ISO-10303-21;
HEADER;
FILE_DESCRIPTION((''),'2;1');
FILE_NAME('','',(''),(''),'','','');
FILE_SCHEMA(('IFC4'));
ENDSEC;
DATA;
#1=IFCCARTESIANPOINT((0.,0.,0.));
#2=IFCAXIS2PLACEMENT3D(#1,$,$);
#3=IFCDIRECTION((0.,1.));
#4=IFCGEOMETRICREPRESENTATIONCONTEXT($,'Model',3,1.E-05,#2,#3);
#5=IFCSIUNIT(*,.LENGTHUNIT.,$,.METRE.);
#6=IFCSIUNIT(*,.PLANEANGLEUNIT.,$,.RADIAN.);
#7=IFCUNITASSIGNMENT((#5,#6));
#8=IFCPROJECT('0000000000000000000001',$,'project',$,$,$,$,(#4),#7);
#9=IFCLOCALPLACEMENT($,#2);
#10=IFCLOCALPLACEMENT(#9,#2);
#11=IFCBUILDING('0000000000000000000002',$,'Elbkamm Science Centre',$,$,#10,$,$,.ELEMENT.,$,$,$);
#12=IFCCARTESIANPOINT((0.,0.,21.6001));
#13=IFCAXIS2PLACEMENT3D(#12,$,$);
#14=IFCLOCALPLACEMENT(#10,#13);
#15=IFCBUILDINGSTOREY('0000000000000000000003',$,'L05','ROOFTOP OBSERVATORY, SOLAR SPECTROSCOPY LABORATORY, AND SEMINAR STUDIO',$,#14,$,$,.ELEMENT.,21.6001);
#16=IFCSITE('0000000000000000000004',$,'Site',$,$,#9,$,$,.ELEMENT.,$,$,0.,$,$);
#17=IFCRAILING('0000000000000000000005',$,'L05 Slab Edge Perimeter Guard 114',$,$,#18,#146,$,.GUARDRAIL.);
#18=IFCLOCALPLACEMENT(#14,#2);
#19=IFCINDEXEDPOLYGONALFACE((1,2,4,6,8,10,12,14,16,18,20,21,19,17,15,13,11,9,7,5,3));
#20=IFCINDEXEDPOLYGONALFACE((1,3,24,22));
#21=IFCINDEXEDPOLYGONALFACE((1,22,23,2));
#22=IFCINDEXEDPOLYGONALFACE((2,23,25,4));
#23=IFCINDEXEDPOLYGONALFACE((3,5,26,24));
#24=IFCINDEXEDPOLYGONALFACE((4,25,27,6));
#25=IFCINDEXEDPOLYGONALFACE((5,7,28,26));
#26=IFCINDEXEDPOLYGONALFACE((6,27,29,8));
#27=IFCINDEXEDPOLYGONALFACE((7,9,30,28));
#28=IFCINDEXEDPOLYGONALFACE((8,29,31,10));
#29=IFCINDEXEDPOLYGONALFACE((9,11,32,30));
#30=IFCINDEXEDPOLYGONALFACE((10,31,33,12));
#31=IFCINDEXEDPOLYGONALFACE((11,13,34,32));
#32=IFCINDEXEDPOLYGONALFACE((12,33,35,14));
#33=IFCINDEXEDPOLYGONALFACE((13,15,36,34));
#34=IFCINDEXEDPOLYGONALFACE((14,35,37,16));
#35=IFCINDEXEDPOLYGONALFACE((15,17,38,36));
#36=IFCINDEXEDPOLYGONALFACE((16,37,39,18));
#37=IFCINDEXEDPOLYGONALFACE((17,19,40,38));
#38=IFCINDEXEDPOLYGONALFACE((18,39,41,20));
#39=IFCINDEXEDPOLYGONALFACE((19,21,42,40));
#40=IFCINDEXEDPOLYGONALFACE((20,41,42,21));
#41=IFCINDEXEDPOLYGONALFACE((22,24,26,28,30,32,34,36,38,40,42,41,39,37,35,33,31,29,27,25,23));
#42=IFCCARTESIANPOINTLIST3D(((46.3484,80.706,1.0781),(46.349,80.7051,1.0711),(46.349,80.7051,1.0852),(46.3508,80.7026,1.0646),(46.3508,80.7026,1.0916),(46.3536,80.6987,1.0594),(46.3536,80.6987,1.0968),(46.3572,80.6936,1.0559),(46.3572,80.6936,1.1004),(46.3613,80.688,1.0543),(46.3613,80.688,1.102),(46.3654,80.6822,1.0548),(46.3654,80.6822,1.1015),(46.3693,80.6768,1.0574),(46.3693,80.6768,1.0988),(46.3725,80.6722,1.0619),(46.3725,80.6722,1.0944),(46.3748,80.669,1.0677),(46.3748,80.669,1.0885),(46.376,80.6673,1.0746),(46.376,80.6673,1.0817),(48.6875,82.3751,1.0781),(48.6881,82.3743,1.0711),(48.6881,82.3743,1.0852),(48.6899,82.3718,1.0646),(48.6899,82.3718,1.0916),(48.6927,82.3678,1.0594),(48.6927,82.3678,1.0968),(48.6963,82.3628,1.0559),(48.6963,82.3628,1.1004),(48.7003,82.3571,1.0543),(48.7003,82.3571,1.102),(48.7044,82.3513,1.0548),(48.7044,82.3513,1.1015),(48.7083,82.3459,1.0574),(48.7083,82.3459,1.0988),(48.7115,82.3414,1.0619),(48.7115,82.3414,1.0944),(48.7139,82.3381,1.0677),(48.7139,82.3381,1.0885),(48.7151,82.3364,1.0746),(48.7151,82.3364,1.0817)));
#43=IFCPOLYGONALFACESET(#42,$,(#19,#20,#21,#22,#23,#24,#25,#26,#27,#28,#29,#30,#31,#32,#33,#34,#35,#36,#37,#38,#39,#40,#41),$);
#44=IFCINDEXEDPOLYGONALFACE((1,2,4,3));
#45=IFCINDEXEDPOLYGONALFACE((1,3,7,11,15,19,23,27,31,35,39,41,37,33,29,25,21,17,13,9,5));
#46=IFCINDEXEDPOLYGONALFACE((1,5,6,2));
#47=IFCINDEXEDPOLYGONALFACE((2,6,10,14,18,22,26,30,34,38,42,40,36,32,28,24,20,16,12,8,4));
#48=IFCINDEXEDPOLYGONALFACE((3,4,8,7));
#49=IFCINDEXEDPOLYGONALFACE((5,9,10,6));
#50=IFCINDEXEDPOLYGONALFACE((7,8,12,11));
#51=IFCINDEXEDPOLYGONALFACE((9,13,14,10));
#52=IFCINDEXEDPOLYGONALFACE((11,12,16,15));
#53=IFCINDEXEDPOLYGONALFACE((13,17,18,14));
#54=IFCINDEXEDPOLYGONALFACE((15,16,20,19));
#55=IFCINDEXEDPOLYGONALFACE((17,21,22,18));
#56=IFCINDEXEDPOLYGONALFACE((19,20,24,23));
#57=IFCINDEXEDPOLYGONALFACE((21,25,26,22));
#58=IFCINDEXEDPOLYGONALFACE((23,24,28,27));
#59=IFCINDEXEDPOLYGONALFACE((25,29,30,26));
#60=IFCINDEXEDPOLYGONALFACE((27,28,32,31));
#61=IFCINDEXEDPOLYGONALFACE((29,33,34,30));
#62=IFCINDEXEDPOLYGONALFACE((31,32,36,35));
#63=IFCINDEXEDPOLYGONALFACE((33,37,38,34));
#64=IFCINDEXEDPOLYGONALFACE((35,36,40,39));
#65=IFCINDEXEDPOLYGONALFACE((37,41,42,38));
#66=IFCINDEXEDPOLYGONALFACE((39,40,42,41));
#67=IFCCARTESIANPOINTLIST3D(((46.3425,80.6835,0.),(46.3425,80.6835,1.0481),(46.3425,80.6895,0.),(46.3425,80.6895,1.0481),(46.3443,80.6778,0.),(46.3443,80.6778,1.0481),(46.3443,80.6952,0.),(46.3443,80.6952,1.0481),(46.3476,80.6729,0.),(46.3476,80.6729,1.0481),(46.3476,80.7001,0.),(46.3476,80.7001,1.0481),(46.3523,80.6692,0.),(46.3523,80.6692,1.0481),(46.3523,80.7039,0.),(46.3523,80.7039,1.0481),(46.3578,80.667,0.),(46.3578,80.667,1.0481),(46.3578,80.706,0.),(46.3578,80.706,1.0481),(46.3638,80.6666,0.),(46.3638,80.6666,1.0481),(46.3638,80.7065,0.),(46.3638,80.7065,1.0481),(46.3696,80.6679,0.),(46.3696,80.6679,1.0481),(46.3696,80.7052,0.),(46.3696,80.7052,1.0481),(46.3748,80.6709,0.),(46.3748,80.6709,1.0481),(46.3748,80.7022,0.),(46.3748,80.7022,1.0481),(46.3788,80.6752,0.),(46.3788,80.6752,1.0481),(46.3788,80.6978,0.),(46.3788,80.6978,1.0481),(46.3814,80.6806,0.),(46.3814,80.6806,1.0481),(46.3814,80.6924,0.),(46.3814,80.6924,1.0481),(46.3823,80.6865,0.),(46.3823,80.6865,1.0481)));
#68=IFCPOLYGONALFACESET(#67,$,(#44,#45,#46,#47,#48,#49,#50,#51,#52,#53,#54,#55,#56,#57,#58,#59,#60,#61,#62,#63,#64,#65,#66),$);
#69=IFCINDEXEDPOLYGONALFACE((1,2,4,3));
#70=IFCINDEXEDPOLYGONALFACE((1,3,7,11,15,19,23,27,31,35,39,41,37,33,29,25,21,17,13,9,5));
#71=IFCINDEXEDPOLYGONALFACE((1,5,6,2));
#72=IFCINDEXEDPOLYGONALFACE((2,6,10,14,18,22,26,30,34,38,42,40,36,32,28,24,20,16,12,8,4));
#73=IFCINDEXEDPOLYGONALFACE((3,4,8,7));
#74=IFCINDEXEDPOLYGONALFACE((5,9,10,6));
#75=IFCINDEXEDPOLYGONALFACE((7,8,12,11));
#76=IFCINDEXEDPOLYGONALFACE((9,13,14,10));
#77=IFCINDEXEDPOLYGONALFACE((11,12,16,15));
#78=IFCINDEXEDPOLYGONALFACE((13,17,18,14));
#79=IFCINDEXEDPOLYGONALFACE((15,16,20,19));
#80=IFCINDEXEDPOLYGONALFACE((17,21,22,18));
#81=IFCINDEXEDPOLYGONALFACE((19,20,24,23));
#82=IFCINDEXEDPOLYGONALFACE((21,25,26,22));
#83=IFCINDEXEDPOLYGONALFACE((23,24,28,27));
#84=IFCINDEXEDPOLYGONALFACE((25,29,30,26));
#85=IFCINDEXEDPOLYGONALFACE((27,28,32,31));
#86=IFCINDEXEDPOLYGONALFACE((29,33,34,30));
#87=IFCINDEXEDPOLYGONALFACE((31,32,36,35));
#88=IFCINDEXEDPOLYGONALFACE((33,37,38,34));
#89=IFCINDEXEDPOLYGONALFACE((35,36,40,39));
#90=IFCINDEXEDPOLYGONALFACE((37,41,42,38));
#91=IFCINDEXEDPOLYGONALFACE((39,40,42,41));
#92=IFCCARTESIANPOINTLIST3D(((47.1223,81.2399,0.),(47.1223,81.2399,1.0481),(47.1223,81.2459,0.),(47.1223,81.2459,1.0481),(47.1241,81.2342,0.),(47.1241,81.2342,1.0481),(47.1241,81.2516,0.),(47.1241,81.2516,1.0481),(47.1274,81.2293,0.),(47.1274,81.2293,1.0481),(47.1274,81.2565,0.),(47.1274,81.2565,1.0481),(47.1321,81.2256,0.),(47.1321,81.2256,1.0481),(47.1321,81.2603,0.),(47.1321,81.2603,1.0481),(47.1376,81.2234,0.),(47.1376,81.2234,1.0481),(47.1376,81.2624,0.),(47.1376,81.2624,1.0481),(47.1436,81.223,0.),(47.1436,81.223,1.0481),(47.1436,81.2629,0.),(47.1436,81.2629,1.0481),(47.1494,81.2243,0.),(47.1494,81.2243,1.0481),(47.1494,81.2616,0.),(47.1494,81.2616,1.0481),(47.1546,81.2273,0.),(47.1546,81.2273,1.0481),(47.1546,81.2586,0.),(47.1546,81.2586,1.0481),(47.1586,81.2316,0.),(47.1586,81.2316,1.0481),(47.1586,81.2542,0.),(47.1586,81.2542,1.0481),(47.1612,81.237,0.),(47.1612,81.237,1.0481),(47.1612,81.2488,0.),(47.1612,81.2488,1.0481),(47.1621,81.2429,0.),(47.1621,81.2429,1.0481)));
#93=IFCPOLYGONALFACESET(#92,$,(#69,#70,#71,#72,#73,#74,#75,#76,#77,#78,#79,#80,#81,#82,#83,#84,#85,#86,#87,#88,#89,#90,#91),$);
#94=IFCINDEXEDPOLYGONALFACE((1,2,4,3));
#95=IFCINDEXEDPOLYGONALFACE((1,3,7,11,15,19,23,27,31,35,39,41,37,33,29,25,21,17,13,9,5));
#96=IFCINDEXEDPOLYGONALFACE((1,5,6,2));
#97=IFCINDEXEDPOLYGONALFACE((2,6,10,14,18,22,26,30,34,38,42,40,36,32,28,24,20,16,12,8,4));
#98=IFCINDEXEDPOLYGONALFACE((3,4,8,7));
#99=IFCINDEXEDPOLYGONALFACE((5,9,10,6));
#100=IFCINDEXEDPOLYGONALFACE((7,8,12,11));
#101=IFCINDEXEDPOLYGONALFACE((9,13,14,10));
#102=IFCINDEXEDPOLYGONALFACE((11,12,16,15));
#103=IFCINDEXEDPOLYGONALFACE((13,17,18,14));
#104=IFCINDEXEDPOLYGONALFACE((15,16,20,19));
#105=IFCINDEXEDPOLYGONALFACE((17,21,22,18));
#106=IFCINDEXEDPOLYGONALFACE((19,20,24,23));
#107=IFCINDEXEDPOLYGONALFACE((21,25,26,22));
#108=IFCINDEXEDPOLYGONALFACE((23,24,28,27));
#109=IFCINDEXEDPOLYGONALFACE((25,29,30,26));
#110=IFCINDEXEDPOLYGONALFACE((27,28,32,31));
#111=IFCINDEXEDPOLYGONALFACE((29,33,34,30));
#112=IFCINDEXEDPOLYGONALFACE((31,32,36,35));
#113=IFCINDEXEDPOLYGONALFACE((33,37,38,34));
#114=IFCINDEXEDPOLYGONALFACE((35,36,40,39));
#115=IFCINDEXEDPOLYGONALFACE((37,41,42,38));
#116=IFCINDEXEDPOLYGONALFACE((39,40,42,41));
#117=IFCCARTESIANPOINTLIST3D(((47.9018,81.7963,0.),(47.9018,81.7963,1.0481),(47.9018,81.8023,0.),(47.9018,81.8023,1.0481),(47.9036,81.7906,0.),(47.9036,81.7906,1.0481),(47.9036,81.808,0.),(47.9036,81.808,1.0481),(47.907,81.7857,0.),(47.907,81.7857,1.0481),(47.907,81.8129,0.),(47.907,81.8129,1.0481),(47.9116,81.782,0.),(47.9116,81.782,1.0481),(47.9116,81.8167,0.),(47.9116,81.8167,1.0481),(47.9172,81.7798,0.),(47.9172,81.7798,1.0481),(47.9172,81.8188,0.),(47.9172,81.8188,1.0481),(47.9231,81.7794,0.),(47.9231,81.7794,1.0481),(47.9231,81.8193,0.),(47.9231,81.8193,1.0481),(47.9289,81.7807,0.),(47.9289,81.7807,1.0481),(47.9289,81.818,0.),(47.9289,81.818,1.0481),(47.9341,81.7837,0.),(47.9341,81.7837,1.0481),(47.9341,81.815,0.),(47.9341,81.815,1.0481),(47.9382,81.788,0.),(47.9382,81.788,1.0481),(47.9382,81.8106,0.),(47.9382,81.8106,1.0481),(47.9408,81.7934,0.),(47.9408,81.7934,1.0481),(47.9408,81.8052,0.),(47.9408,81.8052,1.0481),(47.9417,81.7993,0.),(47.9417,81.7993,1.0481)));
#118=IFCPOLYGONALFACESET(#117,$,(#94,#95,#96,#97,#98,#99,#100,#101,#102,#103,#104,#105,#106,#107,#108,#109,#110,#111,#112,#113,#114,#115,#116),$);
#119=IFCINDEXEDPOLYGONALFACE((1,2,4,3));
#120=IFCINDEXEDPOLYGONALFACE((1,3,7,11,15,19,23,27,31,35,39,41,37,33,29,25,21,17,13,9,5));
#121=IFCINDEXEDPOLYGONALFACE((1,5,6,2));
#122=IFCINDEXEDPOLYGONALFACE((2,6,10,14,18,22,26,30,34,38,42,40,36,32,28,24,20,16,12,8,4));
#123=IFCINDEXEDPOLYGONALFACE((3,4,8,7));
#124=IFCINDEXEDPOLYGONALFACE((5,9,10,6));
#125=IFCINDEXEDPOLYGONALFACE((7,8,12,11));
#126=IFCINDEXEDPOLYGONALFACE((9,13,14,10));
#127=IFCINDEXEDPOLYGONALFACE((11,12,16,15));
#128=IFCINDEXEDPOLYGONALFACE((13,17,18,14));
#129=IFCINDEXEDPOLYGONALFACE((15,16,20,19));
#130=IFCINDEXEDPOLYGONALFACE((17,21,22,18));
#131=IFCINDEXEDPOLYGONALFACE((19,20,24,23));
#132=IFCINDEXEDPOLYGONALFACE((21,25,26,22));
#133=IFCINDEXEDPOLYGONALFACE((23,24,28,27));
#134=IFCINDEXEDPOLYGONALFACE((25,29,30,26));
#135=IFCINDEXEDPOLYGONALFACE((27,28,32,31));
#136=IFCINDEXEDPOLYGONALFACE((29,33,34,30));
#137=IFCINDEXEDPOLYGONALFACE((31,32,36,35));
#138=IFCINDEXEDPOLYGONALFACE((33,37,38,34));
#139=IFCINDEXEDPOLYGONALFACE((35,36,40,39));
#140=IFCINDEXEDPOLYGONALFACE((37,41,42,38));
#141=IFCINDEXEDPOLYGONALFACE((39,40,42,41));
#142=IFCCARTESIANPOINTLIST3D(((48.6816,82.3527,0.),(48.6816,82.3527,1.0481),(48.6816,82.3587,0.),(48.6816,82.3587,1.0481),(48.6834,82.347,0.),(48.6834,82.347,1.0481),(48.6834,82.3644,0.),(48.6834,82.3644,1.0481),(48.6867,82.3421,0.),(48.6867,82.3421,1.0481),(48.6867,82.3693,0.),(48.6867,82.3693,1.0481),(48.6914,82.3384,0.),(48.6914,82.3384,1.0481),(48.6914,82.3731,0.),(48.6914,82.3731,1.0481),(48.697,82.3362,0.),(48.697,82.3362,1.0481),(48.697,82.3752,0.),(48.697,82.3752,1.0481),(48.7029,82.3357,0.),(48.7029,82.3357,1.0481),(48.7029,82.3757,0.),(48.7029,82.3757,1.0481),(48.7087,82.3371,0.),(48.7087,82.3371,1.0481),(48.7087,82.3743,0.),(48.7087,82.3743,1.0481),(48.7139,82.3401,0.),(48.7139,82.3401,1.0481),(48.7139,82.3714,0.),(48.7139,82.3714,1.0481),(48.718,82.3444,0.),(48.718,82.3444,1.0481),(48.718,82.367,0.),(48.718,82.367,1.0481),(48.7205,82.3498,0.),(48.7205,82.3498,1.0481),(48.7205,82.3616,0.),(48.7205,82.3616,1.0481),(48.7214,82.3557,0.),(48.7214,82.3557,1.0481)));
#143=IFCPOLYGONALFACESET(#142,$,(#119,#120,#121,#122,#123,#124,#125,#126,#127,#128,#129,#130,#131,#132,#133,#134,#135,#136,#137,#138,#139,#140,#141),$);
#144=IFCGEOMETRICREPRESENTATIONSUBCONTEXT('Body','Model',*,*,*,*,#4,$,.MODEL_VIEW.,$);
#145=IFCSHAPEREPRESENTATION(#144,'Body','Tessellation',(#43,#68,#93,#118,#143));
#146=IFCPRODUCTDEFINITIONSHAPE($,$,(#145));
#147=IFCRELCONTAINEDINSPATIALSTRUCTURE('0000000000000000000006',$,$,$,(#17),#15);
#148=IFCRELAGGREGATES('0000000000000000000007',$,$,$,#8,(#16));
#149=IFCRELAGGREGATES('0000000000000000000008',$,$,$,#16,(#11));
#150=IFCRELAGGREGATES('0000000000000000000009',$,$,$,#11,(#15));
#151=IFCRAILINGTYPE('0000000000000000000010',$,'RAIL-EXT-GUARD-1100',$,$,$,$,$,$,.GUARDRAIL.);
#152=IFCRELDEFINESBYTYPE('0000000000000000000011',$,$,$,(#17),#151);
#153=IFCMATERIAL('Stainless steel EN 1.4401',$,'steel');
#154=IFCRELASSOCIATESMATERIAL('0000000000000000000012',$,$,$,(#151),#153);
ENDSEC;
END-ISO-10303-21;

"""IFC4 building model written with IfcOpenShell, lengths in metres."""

from ifc_helpers import new_model, si_unit, direction, frame, origin, origin_2d, place, context, subcontext, project, spatial, circle, extrude, material, type_object, element, save


model = new_model("IFC4")

# Units and contexts
model_context = context("Model", 3, precision=1e-05, world=origin(), true_north=direction((0.0, 1.0)))
body_context = subcontext(model_context, "Body", "Model", "MODEL_VIEW")
ifc_project = project(units=[si_unit("LENGTHUNIT", "METRE"), si_unit("PLANEANGLEUNIT", "RADIAN")], contexts=[model_context])

# Site, building, storey
site_placement = place(None, origin())
site = spatial("IfcSite", under=ifc_project, at=site_placement, Name="Site", CompositionType="ELEMENT", RefElevation=0.0)
building_placement = place(site_placement, origin())
building = spatial("IfcBuilding", under=site, at=building_placement, Name="Elbkamm Science Centre", CompositionType="ELEMENT")
storey_placement = place(building_placement, frame((0.0, 0.0, 21.6001)))
storey = spatial("IfcBuildingStorey", under=building, at=storey_placement, Name="L05", Description="ROOFTOP OBSERVATORY, SOLAR SPECTROSCOPY LABORATORY, AND SEMINAR STUDIO", CompositionType="ELEMENT", Elevation=21.6001)

# Railing
ifc_material_1 = material(Name="Stainless steel EN 1.4401", Category="steel")
railing_type = type_object("IfcRailingType", Name="RAIL-EXT-GUARD-1100", PredefinedType="GUARDRAIL", material=ifc_material_1)
railing_1_placement = place(storey_placement, frame((46.3623, 80.6865, 0.0)))
element("IfcRailing", 1, at=railing_1_placement, inside=storey, type_object=railing_type, Name="L05 Slab Edge Perimeter Guard 114", PredefinedType="GUARDRAIL", context=body_context, shape_type="SweptSolid", body=[
    extrude(circle(Radius=0.0239, at=origin_2d()), frame((0.0, 0.0, 1.0781), z_axis=(0.813997, 0.580868, 0.0), x_axis=(-0.580868, 0.813997, 0.0)), (0.0, 0.0, 1.0), 2.8735),
    extrude(circle(Radius=0.02, at=origin_2d()), origin(), (0.0, 0.0, 1.0), 1.0481),
    extrude(circle(Radius=0.02, at=origin_2d()), frame((0.7798, 0.5564, 0.0)), (0.0, 0.0, 1.0), 1.0481),
    extrude(circle(Radius=0.02, at=origin_2d()), frame((1.5593, 1.1128, 0.0)), (0.0, 0.0, 1.0), 1.0481),
    extrude(circle(Radius=0.02, at=origin_2d()), frame((2.3391, 1.6692, 0.0)), (0.0, 0.0, 1.0), 1.0481),
])

save(model, "model.ifc")
